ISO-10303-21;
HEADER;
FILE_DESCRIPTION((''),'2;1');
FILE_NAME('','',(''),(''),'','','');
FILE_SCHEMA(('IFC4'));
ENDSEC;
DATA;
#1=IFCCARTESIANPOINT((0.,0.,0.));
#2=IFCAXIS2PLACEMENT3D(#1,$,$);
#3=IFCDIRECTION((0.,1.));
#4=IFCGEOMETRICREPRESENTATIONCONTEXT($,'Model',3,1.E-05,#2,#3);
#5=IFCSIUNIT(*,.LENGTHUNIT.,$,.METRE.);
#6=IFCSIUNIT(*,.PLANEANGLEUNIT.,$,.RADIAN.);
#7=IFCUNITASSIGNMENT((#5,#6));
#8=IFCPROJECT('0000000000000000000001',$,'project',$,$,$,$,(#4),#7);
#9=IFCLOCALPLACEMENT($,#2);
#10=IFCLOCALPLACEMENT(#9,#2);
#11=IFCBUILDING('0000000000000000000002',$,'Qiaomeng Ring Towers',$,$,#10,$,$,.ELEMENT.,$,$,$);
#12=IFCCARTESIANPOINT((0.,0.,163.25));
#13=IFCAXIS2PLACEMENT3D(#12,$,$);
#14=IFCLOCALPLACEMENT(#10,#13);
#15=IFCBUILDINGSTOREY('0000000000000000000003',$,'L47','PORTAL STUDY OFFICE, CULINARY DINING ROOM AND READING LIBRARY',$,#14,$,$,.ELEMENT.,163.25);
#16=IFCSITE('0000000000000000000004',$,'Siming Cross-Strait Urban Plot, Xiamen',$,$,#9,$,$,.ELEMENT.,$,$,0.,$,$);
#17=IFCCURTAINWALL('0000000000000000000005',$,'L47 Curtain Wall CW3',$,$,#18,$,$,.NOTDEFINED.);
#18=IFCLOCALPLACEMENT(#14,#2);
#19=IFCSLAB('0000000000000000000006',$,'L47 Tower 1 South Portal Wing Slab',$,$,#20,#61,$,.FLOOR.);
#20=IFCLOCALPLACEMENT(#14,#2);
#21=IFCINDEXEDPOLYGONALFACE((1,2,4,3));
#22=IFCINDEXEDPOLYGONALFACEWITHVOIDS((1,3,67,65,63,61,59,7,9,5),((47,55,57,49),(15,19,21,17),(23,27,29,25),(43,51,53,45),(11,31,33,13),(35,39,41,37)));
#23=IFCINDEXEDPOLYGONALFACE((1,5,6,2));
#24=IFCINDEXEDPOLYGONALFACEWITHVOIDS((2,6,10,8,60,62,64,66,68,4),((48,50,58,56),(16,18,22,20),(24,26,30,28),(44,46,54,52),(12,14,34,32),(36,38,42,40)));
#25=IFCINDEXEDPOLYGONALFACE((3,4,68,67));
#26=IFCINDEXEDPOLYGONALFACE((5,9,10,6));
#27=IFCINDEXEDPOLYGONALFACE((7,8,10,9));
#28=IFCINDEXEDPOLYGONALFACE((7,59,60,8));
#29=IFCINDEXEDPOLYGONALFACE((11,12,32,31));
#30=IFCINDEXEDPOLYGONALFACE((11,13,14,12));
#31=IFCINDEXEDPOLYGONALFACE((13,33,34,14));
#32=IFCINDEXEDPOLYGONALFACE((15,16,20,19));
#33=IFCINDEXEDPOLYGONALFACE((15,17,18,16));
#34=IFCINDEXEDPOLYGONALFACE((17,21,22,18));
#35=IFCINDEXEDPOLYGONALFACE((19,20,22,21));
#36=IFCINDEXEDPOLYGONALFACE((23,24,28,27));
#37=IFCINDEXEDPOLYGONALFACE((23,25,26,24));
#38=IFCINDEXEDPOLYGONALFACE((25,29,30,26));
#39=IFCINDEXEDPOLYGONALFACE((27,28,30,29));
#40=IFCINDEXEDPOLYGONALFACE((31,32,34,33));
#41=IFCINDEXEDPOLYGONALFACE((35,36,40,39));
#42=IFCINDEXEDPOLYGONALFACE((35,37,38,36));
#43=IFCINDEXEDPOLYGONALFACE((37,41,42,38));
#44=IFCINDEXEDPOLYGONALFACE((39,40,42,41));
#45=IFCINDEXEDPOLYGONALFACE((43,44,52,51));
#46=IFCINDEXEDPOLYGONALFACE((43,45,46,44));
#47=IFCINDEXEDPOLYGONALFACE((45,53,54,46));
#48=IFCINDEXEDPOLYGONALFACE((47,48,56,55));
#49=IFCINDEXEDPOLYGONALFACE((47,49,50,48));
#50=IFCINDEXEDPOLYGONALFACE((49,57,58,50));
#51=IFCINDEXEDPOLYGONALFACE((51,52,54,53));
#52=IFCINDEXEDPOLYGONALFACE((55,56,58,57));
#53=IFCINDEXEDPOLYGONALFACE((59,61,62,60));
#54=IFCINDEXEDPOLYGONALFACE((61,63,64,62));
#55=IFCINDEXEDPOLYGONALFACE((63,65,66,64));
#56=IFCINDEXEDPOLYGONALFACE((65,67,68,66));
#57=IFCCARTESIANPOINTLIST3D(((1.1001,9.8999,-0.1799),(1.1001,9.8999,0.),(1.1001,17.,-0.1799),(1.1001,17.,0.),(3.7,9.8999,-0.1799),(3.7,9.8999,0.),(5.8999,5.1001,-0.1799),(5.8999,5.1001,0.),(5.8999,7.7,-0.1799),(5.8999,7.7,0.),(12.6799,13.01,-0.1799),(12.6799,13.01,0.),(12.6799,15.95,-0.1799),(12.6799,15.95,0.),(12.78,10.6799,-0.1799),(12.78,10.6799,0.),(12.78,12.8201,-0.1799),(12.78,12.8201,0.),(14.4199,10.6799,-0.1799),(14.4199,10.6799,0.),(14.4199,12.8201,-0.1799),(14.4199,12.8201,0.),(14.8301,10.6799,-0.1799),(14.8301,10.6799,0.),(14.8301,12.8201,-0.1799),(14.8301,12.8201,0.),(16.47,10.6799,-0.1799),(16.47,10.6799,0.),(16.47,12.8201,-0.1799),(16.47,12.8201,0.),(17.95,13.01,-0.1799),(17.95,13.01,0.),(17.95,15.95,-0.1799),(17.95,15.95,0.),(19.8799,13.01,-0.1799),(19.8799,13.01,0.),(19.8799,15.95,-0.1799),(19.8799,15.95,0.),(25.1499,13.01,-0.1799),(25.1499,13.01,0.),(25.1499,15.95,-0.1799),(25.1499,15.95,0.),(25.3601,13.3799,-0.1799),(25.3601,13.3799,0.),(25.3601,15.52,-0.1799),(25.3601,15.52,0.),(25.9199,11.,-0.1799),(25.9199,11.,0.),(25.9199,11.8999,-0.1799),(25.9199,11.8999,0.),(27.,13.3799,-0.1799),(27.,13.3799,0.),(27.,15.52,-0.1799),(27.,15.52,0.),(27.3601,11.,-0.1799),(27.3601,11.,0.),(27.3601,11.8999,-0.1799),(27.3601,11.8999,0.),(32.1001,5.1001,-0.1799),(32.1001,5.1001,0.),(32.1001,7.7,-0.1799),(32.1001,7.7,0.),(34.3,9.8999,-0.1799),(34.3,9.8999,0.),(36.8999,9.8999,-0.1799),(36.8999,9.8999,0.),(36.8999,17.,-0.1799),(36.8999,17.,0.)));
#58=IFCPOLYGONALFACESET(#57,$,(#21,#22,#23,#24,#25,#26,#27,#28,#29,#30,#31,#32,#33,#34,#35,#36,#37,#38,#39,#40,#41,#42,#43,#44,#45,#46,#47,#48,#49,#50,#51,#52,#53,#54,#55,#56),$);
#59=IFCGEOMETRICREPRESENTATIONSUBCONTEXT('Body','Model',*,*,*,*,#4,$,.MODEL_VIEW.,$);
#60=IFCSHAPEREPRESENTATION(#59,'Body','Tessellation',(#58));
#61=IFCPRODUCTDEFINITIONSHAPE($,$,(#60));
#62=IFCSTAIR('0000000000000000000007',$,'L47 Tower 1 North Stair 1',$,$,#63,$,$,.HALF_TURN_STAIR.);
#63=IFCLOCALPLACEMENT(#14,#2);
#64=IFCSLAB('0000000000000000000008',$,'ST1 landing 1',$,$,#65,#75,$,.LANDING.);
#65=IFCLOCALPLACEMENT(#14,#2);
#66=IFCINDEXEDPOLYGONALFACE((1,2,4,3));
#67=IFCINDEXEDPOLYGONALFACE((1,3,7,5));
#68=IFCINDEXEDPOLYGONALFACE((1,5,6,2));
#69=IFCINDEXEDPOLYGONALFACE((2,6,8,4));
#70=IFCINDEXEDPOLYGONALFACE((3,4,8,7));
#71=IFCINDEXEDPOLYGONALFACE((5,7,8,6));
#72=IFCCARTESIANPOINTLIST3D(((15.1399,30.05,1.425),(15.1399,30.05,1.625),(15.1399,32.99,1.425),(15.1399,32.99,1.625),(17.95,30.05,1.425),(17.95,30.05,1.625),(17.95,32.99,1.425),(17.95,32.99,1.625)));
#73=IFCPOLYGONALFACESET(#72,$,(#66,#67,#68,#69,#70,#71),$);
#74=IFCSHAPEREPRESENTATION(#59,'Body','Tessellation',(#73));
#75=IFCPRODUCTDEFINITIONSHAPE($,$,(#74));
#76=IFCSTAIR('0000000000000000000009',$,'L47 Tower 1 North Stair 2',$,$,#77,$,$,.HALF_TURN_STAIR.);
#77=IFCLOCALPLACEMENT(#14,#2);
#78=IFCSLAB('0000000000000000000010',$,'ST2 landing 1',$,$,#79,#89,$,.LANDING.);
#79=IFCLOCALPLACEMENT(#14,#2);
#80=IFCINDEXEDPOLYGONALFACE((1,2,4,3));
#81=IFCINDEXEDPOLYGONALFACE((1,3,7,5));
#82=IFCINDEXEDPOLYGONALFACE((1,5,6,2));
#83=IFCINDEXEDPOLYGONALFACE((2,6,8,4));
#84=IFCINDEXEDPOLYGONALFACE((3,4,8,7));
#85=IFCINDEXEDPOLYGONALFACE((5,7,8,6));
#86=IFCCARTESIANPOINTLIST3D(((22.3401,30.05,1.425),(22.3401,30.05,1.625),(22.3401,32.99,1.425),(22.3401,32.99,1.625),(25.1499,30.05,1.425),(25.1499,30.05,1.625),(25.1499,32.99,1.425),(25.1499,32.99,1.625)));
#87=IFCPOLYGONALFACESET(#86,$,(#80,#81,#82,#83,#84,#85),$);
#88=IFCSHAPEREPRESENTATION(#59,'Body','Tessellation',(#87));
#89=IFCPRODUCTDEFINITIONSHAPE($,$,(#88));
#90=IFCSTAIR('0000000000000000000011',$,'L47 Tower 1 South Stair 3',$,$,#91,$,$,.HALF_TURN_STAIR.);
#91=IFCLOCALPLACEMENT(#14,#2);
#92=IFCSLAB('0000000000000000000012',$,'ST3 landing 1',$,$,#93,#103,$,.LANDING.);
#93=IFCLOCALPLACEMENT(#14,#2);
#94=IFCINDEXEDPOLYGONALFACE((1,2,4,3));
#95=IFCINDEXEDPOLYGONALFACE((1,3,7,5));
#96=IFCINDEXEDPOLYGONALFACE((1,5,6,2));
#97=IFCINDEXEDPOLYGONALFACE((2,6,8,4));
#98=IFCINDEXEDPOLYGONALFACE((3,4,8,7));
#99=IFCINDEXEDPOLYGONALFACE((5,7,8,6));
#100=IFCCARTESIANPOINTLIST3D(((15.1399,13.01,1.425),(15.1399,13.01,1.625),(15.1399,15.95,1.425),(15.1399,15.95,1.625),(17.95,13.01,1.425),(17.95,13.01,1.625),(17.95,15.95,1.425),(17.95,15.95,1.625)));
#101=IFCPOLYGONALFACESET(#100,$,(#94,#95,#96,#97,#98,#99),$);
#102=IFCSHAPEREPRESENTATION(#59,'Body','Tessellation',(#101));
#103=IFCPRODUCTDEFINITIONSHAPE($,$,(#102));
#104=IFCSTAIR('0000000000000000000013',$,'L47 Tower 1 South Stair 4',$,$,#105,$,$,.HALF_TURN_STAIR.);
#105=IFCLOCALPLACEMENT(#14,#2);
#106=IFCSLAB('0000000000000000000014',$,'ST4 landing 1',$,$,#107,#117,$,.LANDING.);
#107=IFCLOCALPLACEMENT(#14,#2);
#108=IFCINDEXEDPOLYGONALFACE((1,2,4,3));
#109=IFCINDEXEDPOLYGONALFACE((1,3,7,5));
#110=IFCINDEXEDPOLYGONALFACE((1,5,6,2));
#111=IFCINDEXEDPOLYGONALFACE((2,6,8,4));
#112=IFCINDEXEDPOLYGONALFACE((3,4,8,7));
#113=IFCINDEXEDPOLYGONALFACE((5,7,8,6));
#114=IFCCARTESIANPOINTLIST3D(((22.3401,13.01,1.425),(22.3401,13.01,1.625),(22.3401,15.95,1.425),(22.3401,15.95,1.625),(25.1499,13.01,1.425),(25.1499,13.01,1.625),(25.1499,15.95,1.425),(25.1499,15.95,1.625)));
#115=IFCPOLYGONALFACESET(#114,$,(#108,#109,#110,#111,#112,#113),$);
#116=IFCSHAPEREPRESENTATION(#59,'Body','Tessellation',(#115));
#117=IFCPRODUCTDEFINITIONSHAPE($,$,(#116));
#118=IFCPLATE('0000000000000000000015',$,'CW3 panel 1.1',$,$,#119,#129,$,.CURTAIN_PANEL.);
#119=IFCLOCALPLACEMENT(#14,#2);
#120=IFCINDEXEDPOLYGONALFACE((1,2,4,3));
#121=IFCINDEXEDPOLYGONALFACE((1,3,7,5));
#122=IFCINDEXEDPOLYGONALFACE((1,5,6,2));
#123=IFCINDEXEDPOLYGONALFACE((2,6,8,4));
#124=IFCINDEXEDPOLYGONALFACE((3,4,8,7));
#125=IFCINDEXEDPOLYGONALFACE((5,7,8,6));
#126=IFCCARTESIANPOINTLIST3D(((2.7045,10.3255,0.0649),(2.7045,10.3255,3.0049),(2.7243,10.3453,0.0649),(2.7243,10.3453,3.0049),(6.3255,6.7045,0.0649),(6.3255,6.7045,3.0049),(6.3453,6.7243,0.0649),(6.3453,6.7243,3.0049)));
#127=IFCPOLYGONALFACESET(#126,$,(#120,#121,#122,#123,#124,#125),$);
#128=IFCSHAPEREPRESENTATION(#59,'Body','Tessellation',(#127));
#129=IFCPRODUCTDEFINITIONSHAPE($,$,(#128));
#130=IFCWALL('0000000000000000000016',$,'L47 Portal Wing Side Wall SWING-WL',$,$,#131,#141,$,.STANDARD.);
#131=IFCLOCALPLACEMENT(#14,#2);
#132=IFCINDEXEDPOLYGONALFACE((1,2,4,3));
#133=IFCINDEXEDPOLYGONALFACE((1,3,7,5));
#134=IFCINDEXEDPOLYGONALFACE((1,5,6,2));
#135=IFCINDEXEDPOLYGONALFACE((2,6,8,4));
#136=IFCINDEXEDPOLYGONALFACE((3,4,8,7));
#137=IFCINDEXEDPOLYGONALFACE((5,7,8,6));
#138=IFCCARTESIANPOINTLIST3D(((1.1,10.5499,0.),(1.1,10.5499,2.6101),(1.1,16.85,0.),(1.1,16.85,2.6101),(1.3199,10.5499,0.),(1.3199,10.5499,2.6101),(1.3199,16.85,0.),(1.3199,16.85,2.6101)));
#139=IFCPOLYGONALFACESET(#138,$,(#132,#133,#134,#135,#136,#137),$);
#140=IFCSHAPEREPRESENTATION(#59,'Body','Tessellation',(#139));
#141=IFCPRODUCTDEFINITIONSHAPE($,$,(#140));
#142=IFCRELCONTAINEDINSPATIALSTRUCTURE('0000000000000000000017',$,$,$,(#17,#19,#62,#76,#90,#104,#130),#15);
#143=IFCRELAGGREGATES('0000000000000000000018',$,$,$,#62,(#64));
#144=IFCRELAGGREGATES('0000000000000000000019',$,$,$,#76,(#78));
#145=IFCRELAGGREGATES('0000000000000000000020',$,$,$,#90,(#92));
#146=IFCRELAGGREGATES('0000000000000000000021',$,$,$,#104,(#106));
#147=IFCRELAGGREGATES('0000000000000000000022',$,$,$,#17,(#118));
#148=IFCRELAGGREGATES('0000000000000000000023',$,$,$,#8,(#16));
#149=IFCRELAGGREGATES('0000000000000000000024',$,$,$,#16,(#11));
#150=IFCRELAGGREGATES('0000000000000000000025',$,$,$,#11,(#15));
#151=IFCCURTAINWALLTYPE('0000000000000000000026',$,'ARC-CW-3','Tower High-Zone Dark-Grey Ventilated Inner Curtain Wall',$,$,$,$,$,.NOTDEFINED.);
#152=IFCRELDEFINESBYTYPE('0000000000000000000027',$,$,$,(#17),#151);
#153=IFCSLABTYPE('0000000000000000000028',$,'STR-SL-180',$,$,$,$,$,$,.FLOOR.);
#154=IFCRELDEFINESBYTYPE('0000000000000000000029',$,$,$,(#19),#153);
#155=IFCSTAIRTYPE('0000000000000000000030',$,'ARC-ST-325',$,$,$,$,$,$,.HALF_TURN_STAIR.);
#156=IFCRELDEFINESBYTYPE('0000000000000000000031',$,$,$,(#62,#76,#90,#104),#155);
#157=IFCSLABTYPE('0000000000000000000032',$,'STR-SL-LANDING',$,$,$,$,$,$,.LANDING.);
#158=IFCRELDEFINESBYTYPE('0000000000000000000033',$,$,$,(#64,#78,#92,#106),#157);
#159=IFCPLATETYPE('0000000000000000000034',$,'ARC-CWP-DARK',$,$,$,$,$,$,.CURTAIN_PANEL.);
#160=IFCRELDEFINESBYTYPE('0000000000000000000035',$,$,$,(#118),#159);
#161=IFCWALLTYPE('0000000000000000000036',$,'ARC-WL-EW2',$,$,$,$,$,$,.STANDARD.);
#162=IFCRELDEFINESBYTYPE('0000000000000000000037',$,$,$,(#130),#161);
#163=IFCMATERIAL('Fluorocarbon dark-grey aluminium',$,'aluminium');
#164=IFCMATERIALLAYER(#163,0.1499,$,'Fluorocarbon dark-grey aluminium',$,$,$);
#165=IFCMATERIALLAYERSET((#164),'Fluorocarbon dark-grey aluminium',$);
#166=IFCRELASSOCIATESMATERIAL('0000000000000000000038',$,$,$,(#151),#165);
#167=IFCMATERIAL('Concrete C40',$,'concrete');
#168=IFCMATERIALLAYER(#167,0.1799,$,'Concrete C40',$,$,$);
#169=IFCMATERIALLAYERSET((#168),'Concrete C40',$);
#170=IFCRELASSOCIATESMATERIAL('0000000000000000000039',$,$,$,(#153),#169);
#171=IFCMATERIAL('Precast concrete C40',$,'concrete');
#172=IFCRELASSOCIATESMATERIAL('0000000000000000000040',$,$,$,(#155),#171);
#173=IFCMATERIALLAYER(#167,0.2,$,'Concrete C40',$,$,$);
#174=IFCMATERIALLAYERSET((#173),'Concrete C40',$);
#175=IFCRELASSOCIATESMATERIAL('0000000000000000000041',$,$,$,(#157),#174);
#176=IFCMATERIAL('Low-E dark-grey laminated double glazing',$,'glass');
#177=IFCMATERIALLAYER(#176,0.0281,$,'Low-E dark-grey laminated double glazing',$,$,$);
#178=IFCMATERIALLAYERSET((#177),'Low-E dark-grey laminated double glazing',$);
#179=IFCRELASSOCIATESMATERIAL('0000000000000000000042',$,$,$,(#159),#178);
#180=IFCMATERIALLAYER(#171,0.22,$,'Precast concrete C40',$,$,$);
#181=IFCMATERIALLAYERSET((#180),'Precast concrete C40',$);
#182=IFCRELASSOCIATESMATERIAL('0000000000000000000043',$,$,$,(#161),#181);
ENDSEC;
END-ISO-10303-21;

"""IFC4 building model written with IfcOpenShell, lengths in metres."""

from ifc_helpers import new_model, si_unit, direction, frame, frame_2d, origin, origin_2d, place, context, subcontext, project, spatial, polyline, rectangle, outline, extrude, source, transform, mapped, material, layer, layer_set, type_object, element, aggregate, save


model = new_model("IFC4")

# Units and contexts
model_context = context("Model", 3, precision=1e-05, world=origin(), true_north=direction((0.0, 1.0)))
body_context = subcontext(model_context, "Body", "Model", "MODEL_VIEW")
ifc_project = project(units=[si_unit("LENGTHUNIT", "METRE"), si_unit("PLANEANGLEUNIT", "RADIAN")], contexts=[model_context])

# Site, building, storey
site_placement = place(None, origin())
site = spatial("IfcSite", under=ifc_project, at=site_placement, Name="Siming Cross-Strait Urban Plot, Xiamen", CompositionType="ELEMENT", RefElevation=0.0)
building_placement = place(site_placement, origin())
building = spatial("IfcBuilding", under=site, at=building_placement, Name="Qiaomeng Ring Towers", CompositionType="ELEMENT")
storey_placement = place(building_placement, frame((0.0, 0.0, 163.25)))
storey = spatial("IfcBuildingStorey", under=building, at=storey_placement, Name="L47", Description="PORTAL STUDY OFFICE, CULINARY DINING ROOM AND READING LIBRARY", CompositionType="ELEMENT", Elevation=163.25)

# Curtain wall
ifc_material_1 = material(Name="Fluorocarbon dark-grey aluminium", Category="aluminium")
ifc_layer_1 = layer(ifc_material_1, 0.1499, Name="Fluorocarbon dark-grey aluminium")
ifc_layer_set_1 = layer_set([ifc_layer_1], Name="Fluorocarbon dark-grey aluminium")
curtain_wall_type = type_object("IfcCurtainWallType", Name="ARC-CW-3", Description="Tower High-Zone Dark-Grey Ventilated Inner Curtain Wall", PredefinedType="NOTDEFINED", material=ifc_layer_set_1)
curtain_wall_placement = place(storey_placement, origin())
curtain_wall = element("IfcCurtainWall", 1, at=curtain_wall_placement, inside=storey, type_object=curtain_wall_type, Name="L47 Curtain Wall CW3", PredefinedType="NOTDEFINED")

# Slab
ifc_material_2 = material(Name="Concrete C40", Category="concrete")
ifc_layer_2 = layer(ifc_material_2, 0.1799, Name="Concrete C40")
ifc_layer_set_2 = layer_set([ifc_layer_2], Name="Concrete C40")
slab_type_1 = type_object("IfcSlabType", Name="STR-SL-180", PredefinedType="FLOOR", material=ifc_layer_set_2)
slab_1_placement = place(storey_placement, frame((0.0, 0.0, -0.1799)))
element("IfcSlab", 2, at=slab_1_placement, inside=storey, type_object=slab_type_1, Name="L47 Tower 1 South Portal Wing Slab", PredefinedType="FLOOR", context=body_context, shape_type="SweptSolid", body=[
    extrude(outline(polyline([(36.8999, 9.8999), (34.3, 9.8999), (32.1001, 7.7), (32.1001, 5.1001), (5.8999, 5.1001), (5.8999, 7.7), (3.7, 9.8999), (1.1001, 9.8999), (1.1001, 17.0), (36.8999, 17.0), (36.8999, 9.8999)]), holes=[polyline([(27.3601, 11.0), (25.9199, 11.0), (25.9199, 11.8999), (27.3601, 11.8999), (27.3601, 11.0)]), polyline([(12.78, 10.6799), (12.78, 12.8201), (14.4199, 12.8201), (14.4199, 10.6799), (12.78, 10.6799)]), polyline([(14.8301, 10.6799), (14.8301, 12.8201), (16.47, 12.8201), (16.47, 10.6799), (14.8301, 10.6799)]), polyline([(27.0, 13.3799), (25.3601, 13.3799), (25.3601, 15.52), (27.0, 15.52), (27.0, 13.3799)]), polyline([(12.6799, 13.01), (12.6799, 15.95), (17.95, 15.95), (17.95, 13.01), (12.6799, 13.01)]), polyline([(19.8799, 13.01), (19.8799, 15.95), (25.1499, 15.95), (25.1499, 13.01), (19.8799, 13.01)])]), origin(), (0.0, 0.0, 1.0), 0.1799),
])

# Stairs, slabs
ifc_material_3 = material(Name="Precast concrete C40", Category="concrete")
stair_type = type_object("IfcStairType", Name="ARC-ST-325", PredefinedType="HALF_TURN_STAIR", material=ifc_material_3)
stair_1_placement = place(storey_placement, origin())
stair_1 = element("IfcStair", 3, at=stair_1_placement, inside=storey, type_object=stair_type, Name="L47 Tower 1 North Stair 1", PredefinedType="HALF_TURN_STAIR")
ifc_layer_3 = layer(ifc_material_2, 0.2, Name="Concrete C40")
ifc_layer_set_3 = layer_set([ifc_layer_3], Name="Concrete C40")
slab_type_2 = type_object("IfcSlabType", Name="STR-SL-LANDING", PredefinedType="LANDING", material=ifc_layer_set_3)
slab_2_placement = place(storey_placement, frame((0.0, 0.0, 1.425)))
slab_2 = element("IfcSlab", 4, at=slab_2_placement, type_object=slab_type_2, Name="ST1 landing 1", PredefinedType="LANDING", context=body_context, shape_type="SweptSolid", body=[
    extrude(outline(polyline([(15.1399, 30.05), (17.95, 30.05), (17.95, 32.99), (15.1399, 32.99), (15.1399, 30.05)])), origin(), (0.0, 0.0, 1.0), 0.2),
])
aggregate(stair_1, [slab_2])
stair_2_placement = place(storey_placement, origin())
stair_2 = element("IfcStair", 5, at=stair_2_placement, inside=storey, type_object=stair_type, Name="L47 Tower 1 North Stair 2", PredefinedType="HALF_TURN_STAIR")
slab_3_placement = place(storey_placement, frame((0.0, 0.0, 1.425)))
slab_3 = element("IfcSlab", 6, at=slab_3_placement, type_object=slab_type_2, Name="ST2 landing 1", PredefinedType="LANDING", context=body_context, shape_type="SweptSolid", body=[
    extrude(outline(polyline([(22.3401, 30.05), (25.1499, 30.05), (25.1499, 32.99), (22.3401, 32.99), (22.3401, 30.05)])), origin(), (0.0, 0.0, 1.0), 0.2),
])
aggregate(stair_2, [slab_3])
stair_3_placement = place(storey_placement, origin())
stair_3 = element("IfcStair", 7, at=stair_3_placement, inside=storey, type_object=stair_type, Name="L47 Tower 1 South Stair 3", PredefinedType="HALF_TURN_STAIR")
slab_4_placement = place(storey_placement, frame((0.0, 0.0, 1.425)))
slab_4 = element("IfcSlab", 8, at=slab_4_placement, type_object=slab_type_2, Name="ST3 landing 1", PredefinedType="LANDING", context=body_context, shape_type="SweptSolid", body=[
    extrude(outline(polyline([(15.1399, 13.01), (17.95, 13.01), (17.95, 15.95), (15.1399, 15.95), (15.1399, 13.01)])), origin(), (0.0, 0.0, 1.0), 0.2),
])
aggregate(stair_3, [slab_4])
stair_4_placement = place(storey_placement, origin())
stair_4 = element("IfcStair", 9, at=stair_4_placement, inside=storey, type_object=stair_type, Name="L47 Tower 1 South Stair 4", PredefinedType="HALF_TURN_STAIR")
slab_5_placement = place(storey_placement, frame((0.0, 0.0, 1.425)))
slab_5 = element("IfcSlab", 10, at=slab_5_placement, type_object=slab_type_2, Name="ST4 landing 1", PredefinedType="LANDING", context=body_context, shape_type="SweptSolid", body=[
    extrude(outline(polyline([(22.3401, 13.01), (25.1499, 13.01), (25.1499, 15.95), (22.3401, 15.95), (22.3401, 13.01)])), origin(), (0.0, 0.0, 1.0), 0.2),
])
aggregate(stair_4, [slab_5])

# Plate
ifc_material_4 = material(Name="Low-E dark-grey laminated double glazing", Category="glass")
ifc_layer_4 = layer(ifc_material_4, 0.0281, Name="Low-E dark-grey laminated double glazing")
ifc_layer_set_4 = layer_set([ifc_layer_4], Name="Low-E dark-grey laminated double glazing")
plate_type = type_object("IfcPlateType", Name="ARC-CWP-DARK", PredefinedType="CURTAIN_PANEL", material=ifc_layer_set_4)
shared_shape_1 = source(origin(), body_context, "Body", "SweptSolid", [
    extrude(rectangle(XDim=5.1208, YDim=0.0281, at=origin_2d()), origin(), (0.0, 0.0, 1.0), 2.9399),
])
plate_placement = place(storey_placement, frame((4.5249, 8.5249, 0.0649), z_axis=(0.0, 0.0, 1.0), x_axis=(0.707107, -0.707107, 0.0)))
plate = element("IfcPlate", 11, at=plate_placement, type_object=plate_type, Name="CW3 panel 1.1", PredefinedType="CURTAIN_PANEL", context=body_context, shape_type="MappedRepresentation", body=[
    mapped(shared_shape_1, transform((0.0, 0.0, 0.0), x_axis=(1.0, 0.0, 0.0), y_axis=(0.0, 1.0, 0.0), z_axis=(0.0, 0.0, 1.0), scale=1.0)),
])
aggregate(curtain_wall, [plate])

# Wall
ifc_layer_5 = layer(ifc_material_3, 0.22, Name="Precast concrete C40")
ifc_layer_set_5 = layer_set([ifc_layer_5], Name="Precast concrete C40")
wall_type_1 = type_object("IfcWallType", Name="ARC-WL-EW2", PredefinedType="STANDARD", material=ifc_layer_set_5)
wall_1_placement = place(storey_placement, frame((1.21, 10.55, 0.0), z_axis=(0.0, 0.0, 1.0), x_axis=(0.0, 1.0, 0.0)))
element("IfcWall", 12, at=wall_1_placement, inside=storey, type_object=wall_type_1, Name="L47 Portal Wing Side Wall SWING-WL", PredefinedType="STANDARD", context=body_context, shape_type="SweptSolid", body=[
    extrude(rectangle(XDim=6.3, YDim=0.22, at=frame_2d((3.1499, 0.0))), origin(), (0.0, 0.0, 1.0), 2.6101),
])

save(model, "model.ifc")
